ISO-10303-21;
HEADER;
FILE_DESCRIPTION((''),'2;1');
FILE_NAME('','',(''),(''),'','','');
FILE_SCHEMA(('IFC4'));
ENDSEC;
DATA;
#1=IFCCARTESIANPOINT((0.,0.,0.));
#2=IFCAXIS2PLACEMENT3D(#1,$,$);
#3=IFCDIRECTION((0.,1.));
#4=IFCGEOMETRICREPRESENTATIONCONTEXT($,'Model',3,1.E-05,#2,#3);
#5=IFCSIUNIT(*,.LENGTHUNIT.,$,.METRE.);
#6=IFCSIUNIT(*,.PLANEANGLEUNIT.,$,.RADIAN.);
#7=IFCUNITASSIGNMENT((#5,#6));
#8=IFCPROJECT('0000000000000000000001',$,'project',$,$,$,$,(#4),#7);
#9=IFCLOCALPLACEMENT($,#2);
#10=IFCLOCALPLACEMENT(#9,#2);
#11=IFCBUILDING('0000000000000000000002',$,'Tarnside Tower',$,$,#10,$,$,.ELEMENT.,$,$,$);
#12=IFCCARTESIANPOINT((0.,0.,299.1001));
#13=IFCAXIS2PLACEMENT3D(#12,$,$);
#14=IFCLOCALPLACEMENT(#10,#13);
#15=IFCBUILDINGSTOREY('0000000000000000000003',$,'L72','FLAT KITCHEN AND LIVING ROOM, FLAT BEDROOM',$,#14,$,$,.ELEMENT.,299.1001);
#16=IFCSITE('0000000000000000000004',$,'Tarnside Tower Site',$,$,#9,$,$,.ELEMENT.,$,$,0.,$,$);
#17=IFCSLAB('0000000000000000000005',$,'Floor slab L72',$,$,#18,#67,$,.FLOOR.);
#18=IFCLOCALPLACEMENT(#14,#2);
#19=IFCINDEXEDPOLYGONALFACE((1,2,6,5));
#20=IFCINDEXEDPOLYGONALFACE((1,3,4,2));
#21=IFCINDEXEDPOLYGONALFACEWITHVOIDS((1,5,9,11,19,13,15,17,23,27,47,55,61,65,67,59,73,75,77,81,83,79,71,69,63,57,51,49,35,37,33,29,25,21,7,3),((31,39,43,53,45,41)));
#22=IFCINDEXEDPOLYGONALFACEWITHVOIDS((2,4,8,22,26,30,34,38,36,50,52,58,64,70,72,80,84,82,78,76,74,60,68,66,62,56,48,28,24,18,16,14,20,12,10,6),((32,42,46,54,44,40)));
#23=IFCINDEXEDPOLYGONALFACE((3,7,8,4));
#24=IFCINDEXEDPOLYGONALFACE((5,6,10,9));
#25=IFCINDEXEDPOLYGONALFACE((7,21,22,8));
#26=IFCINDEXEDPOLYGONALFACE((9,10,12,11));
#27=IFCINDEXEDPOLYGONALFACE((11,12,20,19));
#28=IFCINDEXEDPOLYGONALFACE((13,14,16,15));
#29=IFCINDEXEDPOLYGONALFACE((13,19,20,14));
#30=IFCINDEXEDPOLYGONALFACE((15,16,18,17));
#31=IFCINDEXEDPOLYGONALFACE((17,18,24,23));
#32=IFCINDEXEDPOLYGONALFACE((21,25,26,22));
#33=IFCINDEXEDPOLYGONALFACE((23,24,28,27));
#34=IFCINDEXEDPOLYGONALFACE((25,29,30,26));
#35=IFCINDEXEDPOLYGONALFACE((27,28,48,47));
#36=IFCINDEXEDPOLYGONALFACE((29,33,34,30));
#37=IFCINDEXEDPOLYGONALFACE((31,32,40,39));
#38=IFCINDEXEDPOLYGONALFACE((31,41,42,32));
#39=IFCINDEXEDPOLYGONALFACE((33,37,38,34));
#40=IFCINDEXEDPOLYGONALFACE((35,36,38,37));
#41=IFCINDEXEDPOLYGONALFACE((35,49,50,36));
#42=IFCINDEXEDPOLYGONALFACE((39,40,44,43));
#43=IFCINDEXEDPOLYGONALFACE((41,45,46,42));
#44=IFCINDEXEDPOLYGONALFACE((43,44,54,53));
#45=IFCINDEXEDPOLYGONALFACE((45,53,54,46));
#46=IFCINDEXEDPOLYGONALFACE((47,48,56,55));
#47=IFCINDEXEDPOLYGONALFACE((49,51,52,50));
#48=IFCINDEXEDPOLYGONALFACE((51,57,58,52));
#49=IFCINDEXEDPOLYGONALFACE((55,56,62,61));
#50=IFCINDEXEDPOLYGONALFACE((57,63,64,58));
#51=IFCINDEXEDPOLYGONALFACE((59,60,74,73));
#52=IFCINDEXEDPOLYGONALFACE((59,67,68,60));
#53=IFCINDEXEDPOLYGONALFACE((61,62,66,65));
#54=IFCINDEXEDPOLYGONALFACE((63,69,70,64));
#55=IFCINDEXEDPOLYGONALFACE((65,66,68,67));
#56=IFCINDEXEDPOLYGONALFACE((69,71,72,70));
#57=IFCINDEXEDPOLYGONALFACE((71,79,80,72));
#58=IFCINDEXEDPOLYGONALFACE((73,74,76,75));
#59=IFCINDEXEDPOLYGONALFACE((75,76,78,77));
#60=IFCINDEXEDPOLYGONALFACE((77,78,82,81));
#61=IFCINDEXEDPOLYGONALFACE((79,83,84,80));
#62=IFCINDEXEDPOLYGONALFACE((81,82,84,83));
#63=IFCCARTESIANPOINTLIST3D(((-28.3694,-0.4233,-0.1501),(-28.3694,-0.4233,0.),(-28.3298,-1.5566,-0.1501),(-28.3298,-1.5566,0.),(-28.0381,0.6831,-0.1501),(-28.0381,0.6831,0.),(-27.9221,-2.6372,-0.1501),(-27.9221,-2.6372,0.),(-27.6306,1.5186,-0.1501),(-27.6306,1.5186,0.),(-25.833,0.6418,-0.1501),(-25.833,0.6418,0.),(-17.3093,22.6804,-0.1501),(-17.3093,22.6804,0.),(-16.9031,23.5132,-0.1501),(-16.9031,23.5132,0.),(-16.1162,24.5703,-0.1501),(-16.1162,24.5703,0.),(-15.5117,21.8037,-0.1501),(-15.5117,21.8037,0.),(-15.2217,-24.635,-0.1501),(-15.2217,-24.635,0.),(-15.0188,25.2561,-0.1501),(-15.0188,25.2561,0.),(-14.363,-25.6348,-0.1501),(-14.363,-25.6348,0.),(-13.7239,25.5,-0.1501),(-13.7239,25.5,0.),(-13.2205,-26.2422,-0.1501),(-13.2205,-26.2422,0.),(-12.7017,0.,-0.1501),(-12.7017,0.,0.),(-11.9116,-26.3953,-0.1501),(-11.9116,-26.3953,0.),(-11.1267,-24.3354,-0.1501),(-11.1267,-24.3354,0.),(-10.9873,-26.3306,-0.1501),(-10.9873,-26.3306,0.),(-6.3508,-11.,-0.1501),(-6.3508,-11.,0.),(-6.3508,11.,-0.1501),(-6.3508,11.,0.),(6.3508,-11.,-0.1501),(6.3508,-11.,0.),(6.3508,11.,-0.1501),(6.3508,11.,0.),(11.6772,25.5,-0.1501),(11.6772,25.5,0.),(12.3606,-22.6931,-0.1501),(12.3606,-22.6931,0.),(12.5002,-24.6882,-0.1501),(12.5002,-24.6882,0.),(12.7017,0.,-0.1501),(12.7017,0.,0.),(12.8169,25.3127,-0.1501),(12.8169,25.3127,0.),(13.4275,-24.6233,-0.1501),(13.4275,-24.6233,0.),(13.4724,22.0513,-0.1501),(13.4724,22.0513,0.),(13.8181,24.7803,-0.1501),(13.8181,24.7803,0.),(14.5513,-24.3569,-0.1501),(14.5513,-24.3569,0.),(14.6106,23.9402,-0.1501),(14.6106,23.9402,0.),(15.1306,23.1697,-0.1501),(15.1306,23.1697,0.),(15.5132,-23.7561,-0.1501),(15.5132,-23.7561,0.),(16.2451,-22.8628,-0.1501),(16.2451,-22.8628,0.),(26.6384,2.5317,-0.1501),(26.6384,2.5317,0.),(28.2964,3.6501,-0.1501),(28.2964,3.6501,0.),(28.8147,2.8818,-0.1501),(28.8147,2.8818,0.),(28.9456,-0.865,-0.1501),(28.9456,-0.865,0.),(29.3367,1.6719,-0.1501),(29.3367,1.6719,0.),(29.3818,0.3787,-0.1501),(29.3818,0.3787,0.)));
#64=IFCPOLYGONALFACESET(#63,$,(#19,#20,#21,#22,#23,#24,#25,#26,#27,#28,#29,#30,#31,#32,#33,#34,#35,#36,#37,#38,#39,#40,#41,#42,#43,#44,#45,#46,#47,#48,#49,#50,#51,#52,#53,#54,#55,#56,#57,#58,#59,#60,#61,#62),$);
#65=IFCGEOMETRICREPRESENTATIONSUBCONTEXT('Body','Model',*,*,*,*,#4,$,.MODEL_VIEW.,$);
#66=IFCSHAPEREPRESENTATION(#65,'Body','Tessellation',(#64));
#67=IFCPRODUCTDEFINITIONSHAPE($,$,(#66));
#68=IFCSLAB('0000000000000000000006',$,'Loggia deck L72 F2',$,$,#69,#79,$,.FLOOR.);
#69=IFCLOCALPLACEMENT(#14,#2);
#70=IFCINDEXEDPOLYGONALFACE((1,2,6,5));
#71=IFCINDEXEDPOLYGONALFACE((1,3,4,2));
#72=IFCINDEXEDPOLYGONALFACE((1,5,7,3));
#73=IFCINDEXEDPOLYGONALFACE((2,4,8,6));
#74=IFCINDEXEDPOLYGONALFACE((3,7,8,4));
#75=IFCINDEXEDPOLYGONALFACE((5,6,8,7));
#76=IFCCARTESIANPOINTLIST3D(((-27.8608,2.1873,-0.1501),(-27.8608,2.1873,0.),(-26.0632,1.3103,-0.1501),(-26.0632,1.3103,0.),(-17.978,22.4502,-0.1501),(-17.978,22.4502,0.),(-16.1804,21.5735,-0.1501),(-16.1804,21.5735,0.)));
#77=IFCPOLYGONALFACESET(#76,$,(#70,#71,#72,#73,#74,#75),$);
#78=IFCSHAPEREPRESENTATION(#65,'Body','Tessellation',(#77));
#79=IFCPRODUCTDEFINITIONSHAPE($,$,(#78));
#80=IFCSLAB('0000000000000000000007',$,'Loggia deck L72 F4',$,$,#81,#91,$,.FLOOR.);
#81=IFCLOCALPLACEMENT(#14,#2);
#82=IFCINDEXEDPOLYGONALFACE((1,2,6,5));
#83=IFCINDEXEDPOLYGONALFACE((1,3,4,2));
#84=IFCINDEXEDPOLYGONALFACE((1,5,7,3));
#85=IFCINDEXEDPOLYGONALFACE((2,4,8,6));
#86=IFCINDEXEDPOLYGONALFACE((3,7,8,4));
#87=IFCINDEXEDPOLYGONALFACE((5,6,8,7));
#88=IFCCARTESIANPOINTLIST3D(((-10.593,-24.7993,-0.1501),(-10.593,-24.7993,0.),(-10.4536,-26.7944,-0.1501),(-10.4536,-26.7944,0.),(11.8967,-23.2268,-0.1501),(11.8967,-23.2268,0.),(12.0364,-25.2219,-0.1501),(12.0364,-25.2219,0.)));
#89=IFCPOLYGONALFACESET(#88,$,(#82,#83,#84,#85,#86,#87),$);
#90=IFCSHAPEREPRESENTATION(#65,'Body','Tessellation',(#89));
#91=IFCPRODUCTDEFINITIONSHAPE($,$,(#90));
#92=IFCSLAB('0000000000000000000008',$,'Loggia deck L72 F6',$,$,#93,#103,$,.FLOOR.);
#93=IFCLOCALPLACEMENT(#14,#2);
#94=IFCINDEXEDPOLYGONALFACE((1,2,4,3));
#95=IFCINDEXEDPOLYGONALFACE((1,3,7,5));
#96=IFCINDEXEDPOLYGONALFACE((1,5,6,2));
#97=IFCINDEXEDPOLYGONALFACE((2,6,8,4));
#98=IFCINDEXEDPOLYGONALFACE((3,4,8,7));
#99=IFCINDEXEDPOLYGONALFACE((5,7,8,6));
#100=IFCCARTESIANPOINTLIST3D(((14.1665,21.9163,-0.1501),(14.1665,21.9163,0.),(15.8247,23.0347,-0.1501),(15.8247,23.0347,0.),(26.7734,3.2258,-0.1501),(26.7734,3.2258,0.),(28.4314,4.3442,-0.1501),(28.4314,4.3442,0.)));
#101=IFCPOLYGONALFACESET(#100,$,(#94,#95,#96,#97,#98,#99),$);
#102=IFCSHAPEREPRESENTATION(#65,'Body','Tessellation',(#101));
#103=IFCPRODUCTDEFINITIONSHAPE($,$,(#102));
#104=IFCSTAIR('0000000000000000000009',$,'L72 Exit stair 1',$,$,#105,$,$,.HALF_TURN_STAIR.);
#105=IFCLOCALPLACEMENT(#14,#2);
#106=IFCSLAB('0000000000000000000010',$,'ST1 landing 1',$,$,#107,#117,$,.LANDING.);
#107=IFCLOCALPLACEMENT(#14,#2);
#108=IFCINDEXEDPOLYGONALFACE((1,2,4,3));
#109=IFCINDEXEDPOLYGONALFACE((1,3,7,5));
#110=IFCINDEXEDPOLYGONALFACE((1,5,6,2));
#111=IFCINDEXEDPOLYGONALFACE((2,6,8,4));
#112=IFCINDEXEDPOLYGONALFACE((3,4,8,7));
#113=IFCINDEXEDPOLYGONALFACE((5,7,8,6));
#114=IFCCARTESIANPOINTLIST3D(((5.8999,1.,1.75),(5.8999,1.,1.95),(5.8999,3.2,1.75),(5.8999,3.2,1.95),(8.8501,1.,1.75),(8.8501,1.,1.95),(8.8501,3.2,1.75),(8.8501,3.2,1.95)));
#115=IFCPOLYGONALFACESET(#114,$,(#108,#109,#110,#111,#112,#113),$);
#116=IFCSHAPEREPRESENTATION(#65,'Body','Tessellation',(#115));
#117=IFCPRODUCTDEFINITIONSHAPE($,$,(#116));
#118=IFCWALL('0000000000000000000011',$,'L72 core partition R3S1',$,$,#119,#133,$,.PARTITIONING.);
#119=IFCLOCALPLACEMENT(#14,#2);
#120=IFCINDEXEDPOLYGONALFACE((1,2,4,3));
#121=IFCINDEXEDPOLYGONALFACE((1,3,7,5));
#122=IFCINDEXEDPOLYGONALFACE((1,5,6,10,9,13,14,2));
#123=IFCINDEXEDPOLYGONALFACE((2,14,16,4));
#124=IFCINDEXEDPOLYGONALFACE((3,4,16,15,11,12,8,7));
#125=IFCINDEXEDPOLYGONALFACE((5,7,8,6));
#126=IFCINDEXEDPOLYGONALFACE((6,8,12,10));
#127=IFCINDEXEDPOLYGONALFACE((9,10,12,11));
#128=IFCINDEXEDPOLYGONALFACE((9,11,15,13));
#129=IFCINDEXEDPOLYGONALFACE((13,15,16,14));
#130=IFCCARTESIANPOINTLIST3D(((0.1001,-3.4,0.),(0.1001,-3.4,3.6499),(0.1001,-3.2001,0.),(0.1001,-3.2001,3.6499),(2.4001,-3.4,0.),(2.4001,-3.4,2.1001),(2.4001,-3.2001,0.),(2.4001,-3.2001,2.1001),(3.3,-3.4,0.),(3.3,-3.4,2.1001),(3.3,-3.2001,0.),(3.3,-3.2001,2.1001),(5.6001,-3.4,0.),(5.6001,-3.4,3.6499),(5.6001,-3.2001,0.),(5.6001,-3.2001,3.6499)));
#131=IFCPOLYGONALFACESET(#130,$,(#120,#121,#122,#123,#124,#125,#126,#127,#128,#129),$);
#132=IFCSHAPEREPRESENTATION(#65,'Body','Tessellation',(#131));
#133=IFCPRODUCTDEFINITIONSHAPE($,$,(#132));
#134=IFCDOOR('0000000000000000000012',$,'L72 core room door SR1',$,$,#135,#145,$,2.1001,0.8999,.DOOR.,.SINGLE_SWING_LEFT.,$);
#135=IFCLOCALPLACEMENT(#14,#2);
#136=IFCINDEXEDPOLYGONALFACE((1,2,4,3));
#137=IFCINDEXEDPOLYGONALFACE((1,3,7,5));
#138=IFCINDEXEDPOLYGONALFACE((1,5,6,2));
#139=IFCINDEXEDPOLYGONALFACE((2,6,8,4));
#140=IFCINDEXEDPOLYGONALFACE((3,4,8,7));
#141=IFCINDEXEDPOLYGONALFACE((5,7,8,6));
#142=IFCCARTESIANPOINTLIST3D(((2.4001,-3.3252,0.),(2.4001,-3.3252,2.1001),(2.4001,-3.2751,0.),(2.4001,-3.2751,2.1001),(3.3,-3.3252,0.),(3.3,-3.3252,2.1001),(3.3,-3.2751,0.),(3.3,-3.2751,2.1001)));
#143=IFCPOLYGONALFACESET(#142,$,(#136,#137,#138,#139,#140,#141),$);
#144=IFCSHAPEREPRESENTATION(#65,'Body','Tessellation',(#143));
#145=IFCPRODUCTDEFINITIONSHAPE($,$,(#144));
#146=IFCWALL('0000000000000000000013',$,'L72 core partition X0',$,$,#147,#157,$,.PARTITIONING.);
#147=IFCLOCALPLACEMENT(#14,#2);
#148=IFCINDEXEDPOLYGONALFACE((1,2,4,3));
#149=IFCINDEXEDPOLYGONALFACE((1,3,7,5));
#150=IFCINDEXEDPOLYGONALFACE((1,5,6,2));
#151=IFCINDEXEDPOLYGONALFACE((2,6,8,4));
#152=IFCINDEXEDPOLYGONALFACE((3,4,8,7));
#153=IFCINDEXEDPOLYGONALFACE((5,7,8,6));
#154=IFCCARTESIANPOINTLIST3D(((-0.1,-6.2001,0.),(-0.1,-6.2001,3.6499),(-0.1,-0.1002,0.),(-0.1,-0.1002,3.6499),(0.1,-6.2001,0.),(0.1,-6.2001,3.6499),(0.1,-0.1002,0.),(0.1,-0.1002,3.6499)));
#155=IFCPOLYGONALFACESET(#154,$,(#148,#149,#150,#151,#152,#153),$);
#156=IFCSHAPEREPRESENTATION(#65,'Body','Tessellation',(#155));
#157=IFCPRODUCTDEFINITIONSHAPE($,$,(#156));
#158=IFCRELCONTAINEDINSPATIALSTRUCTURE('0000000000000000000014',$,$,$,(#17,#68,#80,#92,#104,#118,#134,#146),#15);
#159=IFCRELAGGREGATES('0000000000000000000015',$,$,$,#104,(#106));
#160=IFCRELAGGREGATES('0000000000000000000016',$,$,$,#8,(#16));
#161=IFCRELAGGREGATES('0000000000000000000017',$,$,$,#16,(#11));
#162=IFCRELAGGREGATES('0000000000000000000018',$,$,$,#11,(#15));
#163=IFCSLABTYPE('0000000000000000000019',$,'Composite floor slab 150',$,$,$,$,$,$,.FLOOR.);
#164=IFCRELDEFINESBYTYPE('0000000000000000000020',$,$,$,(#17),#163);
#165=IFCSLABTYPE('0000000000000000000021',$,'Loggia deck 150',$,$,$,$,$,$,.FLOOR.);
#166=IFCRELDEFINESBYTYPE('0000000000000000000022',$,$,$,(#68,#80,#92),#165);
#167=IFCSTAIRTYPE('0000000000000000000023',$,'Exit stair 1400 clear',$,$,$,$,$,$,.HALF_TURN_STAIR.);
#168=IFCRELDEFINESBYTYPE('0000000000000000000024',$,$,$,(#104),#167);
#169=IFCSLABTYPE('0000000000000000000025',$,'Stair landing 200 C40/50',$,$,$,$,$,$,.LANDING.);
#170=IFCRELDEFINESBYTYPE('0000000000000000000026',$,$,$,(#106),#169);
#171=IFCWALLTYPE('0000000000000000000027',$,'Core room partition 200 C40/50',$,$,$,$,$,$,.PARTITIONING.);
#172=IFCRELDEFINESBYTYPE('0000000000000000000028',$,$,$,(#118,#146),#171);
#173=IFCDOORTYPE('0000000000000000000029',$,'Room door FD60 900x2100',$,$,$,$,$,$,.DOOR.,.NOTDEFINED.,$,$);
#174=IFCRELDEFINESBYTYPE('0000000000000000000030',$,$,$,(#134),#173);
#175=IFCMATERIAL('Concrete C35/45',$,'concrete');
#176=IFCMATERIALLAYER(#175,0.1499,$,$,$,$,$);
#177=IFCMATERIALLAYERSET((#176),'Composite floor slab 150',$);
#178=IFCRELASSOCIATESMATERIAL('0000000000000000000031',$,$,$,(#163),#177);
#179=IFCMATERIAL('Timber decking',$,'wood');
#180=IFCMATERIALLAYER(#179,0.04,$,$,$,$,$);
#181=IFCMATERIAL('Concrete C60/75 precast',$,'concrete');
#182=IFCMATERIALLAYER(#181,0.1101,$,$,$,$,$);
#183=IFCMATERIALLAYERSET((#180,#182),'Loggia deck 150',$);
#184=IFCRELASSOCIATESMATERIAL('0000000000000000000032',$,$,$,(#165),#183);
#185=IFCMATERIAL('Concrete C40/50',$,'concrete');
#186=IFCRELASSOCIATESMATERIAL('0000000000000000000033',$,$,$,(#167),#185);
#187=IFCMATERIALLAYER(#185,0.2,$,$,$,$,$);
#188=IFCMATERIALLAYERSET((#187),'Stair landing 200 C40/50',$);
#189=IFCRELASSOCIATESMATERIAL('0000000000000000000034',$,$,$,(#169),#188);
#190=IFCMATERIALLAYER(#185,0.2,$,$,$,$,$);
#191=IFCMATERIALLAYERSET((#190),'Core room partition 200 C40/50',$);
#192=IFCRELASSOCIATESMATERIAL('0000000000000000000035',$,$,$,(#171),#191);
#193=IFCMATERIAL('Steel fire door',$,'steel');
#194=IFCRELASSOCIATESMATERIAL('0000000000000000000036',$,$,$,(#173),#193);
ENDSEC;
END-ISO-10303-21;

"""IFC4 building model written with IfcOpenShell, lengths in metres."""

from ifc_helpers import new_model, si_unit, direction, frame, frame_2d, origin, place, context, subcontext, project, spatial, polyline, rectangle, outline, extrude, material, layer, layer_set, type_object, element, fill, aggregate, save


model = new_model("IFC4")

# Units and contexts
model_context = context("Model", 3, precision=1e-05, world=origin(), true_north=direction((0.0, 1.0)))
body_context = subcontext(model_context, "Body", "Model", "MODEL_VIEW")
ifc_project = project(units=[si_unit("LENGTHUNIT", "METRE"), si_unit("PLANEANGLEUNIT", "RADIAN")], contexts=[model_context])

# Site, building, storey
site_placement = place(None, origin())
site = spatial("IfcSite", under=ifc_project, at=site_placement, Name="Tarnside Tower Site", CompositionType="ELEMENT", RefElevation=0.0)
building_placement = place(site_placement, origin())
building = spatial("IfcBuilding", under=site, at=building_placement, Name="Tarnside Tower", CompositionType="ELEMENT")
storey_placement = place(building_placement, frame((0.0, 0.0, 299.1001)))
storey = spatial("IfcBuildingStorey", under=building, at=storey_placement, Name="L72", Description="FLAT KITCHEN AND LIVING ROOM, FLAT BEDROOM", CompositionType="ELEMENT", Elevation=299.1001)

# Slabs
ifc_material_1 = material(Name="Concrete C35/45", Category="concrete")
ifc_layer_1 = layer(ifc_material_1, 0.1499)
ifc_layer_set_1 = layer_set([ifc_layer_1], Name="Composite floor slab 150")
slab_type_1 = type_object("IfcSlabType", Name="Composite floor slab 150", PredefinedType="FLOOR", material=ifc_layer_set_1)
slab_1_placement = place(storey_placement, frame((0.0, 0.0, -0.1501)))
element("IfcSlab", 1, at=slab_1_placement, inside=storey, type_object=slab_type_1, Name="Floor slab L72", PredefinedType="FLOOR", context=body_context, shape_type="SweptSolid", body=[
    extrude(outline(polyline([(12.8169, 25.3127), (13.8181, 24.7803), (14.6106, 23.9402), (15.1306, 23.1697), (13.4724, 22.0513), (26.6384, 2.5317), (28.2964, 3.6501), (28.8147, 2.8818), (29.3367, 1.6719), (29.3818, 0.3787), (28.9456, -0.865), (16.2451, -22.8628), (15.5132, -23.7561), (14.5513, -24.3569), (13.4275, -24.6233), (12.5002, -24.6882), (12.3606, -22.6931), (-11.1267, -24.3354), (-10.9873, -26.3306), (-11.9116, -26.3953), (-13.2205, -26.2422), (-14.363, -25.6348), (-15.2217, -24.635), (-27.9221, -2.6372), (-28.3298, -1.5566), (-28.3694, -0.4233), (-28.0381, 0.6831), (-27.6306, 1.5186), (-25.833, 0.6418), (-15.5117, 21.8037), (-17.3093, 22.6804), (-16.9031, 23.5132), (-16.1162, 24.5703), (-15.0188, 25.2561), (-13.7239, 25.5), (11.6772, 25.5), (12.8169, 25.3127)]), holes=[polyline([(-12.7017, 0.0), (-6.3508, -11.0), (6.3508, -11.0), (12.7017, 0.0), (6.3508, 11.0), (-6.3508, 11.0), (-12.7017, 0.0)])]), origin(), (0.0, 0.0, 1.0), 0.1501),
])
ifc_material_2 = material(Name="Timber decking", Category="wood")
ifc_layer_2 = layer(ifc_material_2, 0.04)
ifc_material_3 = material(Name="Concrete C60/75 precast", Category="concrete")
ifc_layer_3 = layer(ifc_material_3, 0.1101)
ifc_layer_set_2 = layer_set([ifc_layer_2, ifc_layer_3], Name="Loggia deck 150")
slab_type_2 = type_object("IfcSlabType", Name="Loggia deck 150", PredefinedType="FLOOR", material=ifc_layer_set_2)
slab_2_placement = place(storey_placement, frame((0.0, 0.0, -0.1501)))
element("IfcSlab", 2, at=slab_2_placement, inside=storey, type_object=slab_type_2, Name="Loggia deck L72 F2", PredefinedType="FLOOR", context=body_context, shape_type="SweptSolid", body=[
    extrude(outline(polyline([(-16.1804, 21.5735), (-26.0632, 1.3103), (-27.8608, 2.1873), (-17.978, 22.4502), (-16.1804, 21.5735)])), origin(), (0.0, 0.0, 1.0), 0.1501),
])
slab_3_placement = place(storey_placement, frame((0.0, 0.0, -0.1501)))
element("IfcSlab", 3, at=slab_3_placement, inside=storey, type_object=slab_type_2, Name="Loggia deck L72 F4", PredefinedType="FLOOR", context=body_context, shape_type="SweptSolid", body=[
    extrude(outline(polyline([(-10.593, -24.7993), (11.8967, -23.2268), (12.0364, -25.2219), (-10.4536, -26.7944), (-10.593, -24.7993)])), origin(), (0.0, 0.0, 1.0), 0.1501),
])
slab_4_placement = place(storey_placement, frame((0.0, 0.0, -0.1501)))
element("IfcSlab", 4, at=slab_4_placement, inside=storey, type_object=slab_type_2, Name="Loggia deck L72 F6", PredefinedType="FLOOR", context=body_context, shape_type="SweptSolid", body=[
    extrude(outline(polyline([(26.7734, 3.2258), (14.1665, 21.9163), (15.8247, 23.0347), (28.4314, 4.3442), (26.7734, 3.2258)])), origin(), (0.0, 0.0, 1.0), 0.1501),
])

# Stair, slab
ifc_material_4 = material(Name="Concrete C40/50", Category="concrete")
stair_type = type_object("IfcStairType", Name="Exit stair 1400 clear", PredefinedType="HALF_TURN_STAIR", material=ifc_material_4)
stair_placement = place(storey_placement, origin())
stair = element("IfcStair", 5, at=stair_placement, inside=storey, type_object=stair_type, Name="L72 Exit stair 1", PredefinedType="HALF_TURN_STAIR")
ifc_layer_4 = layer(ifc_material_4, 0.2)
ifc_layer_set_3 = layer_set([ifc_layer_4], Name="Stair landing 200 C40/50")
slab_type_3 = type_object("IfcSlabType", Name="Stair landing 200 C40/50", PredefinedType="LANDING", material=ifc_layer_set_3)
slab_5_placement = place(storey_placement, frame((0.0, 0.0, 1.75)))
slab_5 = element("IfcSlab", 6, at=slab_5_placement, type_object=slab_type_3, Name="ST1 landing 1", PredefinedType="LANDING", context=body_context, shape_type="SweptSolid", body=[
    extrude(outline(polyline([(8.8501, 1.0), (8.8501, 3.2), (5.8999, 3.2), (5.8999, 1.0), (8.8501, 1.0)])), origin(), (0.0, 0.0, 1.0), 0.2),
])

# Wall, opening, door
ifc_layer_5 = layer(ifc_material_4, 0.2)
ifc_layer_set_4 = layer_set([ifc_layer_5], Name="Core room partition 200 C40/50")
wall_type_1 = type_object("IfcWallType", Name="Core room partition 200 C40/50", PredefinedType="PARTITIONING", material=ifc_layer_set_4)
wall_1_placement = place(storey_placement, frame((0.1001, -3.3, 0.0), z_axis=(0.0, 0.0, 1.0), x_axis=(1.0, 0.0, 0.0)))
wall_1 = element("IfcWall", 7, at=wall_1_placement, inside=storey, type_object=wall_type_1, Name="L72 core partition R3S1", PredefinedType="PARTITIONING", context=body_context, shape_type="SweptSolid", body=[
    extrude(rectangle(XDim=5.5, YDim=0.2, at=frame_2d((2.75, 0.0))), origin(), (0.0, 0.0, 1.0), 3.6499),
])
opening_1_placement = place(wall_1_placement, frame((2.3, 0.0, 0.0)))
opening_1 = element("IfcOpeningElement", 8, at=opening_1_placement, cuts=wall_1, PredefinedType="OPENING", context=body_context, shape_type="SweptSolid", body=[
    extrude(rectangle(XDim=0.8999, YDim=2.1001, at=frame_2d((0.45, 1.05))), frame((0.0, 0.1099, 0.0), z_axis=(0.0, -1.0, 0.0), x_axis=(1.0, 0.0, 0.0)), (0.0, 0.0, 1.0), 0.22),
])
ifc_material_5 = material(Name="Steel fire door", Category="steel")
door_type_1 = type_object("IfcDoorType", Name="Room door FD60 900x2100", OperationType="NOTDEFINED", PredefinedType="DOOR", material=ifc_material_5)
door_1_placement = place(opening_1_placement, origin())
door_1 = element("IfcDoor", 9, at=door_1_placement, inside=storey, type_object=door_type_1, Name="L72 core room door SR1", OperationType="SINGLE_SWING_LEFT", OverallHeight=2.1001, OverallWidth=0.8999, PredefinedType="DOOR", context=body_context, shape_type="SweptSolid", body=[
    extrude(rectangle(XDim=0.8999, YDim=2.1001, at=frame_2d((0.45, 1.05))), frame((0.0, 0.0249, 0.0), z_axis=(0.0, -1.0, 0.0), x_axis=(1.0, 0.0, 0.0)), (0.0, 0.0, 1.0), 0.05),
])
fill(opening_1, door_1)

# Wall
wall_2_placement = place(storey_placement, frame((0.0, -6.2, 0.0), z_axis=(0.0, 0.0, 1.0), x_axis=(0.0, 1.0, 0.0)))
element("IfcWall", 10, at=wall_2_placement, inside=storey, type_object=wall_type_1, Name="L72 core partition X0", PredefinedType="PARTITIONING", context=body_context, shape_type="SweptSolid", body=[
    extrude(rectangle(XDim=6.0999, YDim=0.2, at=frame_2d((3.0498, 0.0))), origin(), (0.0, 0.0, 1.0), 3.6499),
])

aggregate(stair, [slab_5])

save(model, "model.ifc")
